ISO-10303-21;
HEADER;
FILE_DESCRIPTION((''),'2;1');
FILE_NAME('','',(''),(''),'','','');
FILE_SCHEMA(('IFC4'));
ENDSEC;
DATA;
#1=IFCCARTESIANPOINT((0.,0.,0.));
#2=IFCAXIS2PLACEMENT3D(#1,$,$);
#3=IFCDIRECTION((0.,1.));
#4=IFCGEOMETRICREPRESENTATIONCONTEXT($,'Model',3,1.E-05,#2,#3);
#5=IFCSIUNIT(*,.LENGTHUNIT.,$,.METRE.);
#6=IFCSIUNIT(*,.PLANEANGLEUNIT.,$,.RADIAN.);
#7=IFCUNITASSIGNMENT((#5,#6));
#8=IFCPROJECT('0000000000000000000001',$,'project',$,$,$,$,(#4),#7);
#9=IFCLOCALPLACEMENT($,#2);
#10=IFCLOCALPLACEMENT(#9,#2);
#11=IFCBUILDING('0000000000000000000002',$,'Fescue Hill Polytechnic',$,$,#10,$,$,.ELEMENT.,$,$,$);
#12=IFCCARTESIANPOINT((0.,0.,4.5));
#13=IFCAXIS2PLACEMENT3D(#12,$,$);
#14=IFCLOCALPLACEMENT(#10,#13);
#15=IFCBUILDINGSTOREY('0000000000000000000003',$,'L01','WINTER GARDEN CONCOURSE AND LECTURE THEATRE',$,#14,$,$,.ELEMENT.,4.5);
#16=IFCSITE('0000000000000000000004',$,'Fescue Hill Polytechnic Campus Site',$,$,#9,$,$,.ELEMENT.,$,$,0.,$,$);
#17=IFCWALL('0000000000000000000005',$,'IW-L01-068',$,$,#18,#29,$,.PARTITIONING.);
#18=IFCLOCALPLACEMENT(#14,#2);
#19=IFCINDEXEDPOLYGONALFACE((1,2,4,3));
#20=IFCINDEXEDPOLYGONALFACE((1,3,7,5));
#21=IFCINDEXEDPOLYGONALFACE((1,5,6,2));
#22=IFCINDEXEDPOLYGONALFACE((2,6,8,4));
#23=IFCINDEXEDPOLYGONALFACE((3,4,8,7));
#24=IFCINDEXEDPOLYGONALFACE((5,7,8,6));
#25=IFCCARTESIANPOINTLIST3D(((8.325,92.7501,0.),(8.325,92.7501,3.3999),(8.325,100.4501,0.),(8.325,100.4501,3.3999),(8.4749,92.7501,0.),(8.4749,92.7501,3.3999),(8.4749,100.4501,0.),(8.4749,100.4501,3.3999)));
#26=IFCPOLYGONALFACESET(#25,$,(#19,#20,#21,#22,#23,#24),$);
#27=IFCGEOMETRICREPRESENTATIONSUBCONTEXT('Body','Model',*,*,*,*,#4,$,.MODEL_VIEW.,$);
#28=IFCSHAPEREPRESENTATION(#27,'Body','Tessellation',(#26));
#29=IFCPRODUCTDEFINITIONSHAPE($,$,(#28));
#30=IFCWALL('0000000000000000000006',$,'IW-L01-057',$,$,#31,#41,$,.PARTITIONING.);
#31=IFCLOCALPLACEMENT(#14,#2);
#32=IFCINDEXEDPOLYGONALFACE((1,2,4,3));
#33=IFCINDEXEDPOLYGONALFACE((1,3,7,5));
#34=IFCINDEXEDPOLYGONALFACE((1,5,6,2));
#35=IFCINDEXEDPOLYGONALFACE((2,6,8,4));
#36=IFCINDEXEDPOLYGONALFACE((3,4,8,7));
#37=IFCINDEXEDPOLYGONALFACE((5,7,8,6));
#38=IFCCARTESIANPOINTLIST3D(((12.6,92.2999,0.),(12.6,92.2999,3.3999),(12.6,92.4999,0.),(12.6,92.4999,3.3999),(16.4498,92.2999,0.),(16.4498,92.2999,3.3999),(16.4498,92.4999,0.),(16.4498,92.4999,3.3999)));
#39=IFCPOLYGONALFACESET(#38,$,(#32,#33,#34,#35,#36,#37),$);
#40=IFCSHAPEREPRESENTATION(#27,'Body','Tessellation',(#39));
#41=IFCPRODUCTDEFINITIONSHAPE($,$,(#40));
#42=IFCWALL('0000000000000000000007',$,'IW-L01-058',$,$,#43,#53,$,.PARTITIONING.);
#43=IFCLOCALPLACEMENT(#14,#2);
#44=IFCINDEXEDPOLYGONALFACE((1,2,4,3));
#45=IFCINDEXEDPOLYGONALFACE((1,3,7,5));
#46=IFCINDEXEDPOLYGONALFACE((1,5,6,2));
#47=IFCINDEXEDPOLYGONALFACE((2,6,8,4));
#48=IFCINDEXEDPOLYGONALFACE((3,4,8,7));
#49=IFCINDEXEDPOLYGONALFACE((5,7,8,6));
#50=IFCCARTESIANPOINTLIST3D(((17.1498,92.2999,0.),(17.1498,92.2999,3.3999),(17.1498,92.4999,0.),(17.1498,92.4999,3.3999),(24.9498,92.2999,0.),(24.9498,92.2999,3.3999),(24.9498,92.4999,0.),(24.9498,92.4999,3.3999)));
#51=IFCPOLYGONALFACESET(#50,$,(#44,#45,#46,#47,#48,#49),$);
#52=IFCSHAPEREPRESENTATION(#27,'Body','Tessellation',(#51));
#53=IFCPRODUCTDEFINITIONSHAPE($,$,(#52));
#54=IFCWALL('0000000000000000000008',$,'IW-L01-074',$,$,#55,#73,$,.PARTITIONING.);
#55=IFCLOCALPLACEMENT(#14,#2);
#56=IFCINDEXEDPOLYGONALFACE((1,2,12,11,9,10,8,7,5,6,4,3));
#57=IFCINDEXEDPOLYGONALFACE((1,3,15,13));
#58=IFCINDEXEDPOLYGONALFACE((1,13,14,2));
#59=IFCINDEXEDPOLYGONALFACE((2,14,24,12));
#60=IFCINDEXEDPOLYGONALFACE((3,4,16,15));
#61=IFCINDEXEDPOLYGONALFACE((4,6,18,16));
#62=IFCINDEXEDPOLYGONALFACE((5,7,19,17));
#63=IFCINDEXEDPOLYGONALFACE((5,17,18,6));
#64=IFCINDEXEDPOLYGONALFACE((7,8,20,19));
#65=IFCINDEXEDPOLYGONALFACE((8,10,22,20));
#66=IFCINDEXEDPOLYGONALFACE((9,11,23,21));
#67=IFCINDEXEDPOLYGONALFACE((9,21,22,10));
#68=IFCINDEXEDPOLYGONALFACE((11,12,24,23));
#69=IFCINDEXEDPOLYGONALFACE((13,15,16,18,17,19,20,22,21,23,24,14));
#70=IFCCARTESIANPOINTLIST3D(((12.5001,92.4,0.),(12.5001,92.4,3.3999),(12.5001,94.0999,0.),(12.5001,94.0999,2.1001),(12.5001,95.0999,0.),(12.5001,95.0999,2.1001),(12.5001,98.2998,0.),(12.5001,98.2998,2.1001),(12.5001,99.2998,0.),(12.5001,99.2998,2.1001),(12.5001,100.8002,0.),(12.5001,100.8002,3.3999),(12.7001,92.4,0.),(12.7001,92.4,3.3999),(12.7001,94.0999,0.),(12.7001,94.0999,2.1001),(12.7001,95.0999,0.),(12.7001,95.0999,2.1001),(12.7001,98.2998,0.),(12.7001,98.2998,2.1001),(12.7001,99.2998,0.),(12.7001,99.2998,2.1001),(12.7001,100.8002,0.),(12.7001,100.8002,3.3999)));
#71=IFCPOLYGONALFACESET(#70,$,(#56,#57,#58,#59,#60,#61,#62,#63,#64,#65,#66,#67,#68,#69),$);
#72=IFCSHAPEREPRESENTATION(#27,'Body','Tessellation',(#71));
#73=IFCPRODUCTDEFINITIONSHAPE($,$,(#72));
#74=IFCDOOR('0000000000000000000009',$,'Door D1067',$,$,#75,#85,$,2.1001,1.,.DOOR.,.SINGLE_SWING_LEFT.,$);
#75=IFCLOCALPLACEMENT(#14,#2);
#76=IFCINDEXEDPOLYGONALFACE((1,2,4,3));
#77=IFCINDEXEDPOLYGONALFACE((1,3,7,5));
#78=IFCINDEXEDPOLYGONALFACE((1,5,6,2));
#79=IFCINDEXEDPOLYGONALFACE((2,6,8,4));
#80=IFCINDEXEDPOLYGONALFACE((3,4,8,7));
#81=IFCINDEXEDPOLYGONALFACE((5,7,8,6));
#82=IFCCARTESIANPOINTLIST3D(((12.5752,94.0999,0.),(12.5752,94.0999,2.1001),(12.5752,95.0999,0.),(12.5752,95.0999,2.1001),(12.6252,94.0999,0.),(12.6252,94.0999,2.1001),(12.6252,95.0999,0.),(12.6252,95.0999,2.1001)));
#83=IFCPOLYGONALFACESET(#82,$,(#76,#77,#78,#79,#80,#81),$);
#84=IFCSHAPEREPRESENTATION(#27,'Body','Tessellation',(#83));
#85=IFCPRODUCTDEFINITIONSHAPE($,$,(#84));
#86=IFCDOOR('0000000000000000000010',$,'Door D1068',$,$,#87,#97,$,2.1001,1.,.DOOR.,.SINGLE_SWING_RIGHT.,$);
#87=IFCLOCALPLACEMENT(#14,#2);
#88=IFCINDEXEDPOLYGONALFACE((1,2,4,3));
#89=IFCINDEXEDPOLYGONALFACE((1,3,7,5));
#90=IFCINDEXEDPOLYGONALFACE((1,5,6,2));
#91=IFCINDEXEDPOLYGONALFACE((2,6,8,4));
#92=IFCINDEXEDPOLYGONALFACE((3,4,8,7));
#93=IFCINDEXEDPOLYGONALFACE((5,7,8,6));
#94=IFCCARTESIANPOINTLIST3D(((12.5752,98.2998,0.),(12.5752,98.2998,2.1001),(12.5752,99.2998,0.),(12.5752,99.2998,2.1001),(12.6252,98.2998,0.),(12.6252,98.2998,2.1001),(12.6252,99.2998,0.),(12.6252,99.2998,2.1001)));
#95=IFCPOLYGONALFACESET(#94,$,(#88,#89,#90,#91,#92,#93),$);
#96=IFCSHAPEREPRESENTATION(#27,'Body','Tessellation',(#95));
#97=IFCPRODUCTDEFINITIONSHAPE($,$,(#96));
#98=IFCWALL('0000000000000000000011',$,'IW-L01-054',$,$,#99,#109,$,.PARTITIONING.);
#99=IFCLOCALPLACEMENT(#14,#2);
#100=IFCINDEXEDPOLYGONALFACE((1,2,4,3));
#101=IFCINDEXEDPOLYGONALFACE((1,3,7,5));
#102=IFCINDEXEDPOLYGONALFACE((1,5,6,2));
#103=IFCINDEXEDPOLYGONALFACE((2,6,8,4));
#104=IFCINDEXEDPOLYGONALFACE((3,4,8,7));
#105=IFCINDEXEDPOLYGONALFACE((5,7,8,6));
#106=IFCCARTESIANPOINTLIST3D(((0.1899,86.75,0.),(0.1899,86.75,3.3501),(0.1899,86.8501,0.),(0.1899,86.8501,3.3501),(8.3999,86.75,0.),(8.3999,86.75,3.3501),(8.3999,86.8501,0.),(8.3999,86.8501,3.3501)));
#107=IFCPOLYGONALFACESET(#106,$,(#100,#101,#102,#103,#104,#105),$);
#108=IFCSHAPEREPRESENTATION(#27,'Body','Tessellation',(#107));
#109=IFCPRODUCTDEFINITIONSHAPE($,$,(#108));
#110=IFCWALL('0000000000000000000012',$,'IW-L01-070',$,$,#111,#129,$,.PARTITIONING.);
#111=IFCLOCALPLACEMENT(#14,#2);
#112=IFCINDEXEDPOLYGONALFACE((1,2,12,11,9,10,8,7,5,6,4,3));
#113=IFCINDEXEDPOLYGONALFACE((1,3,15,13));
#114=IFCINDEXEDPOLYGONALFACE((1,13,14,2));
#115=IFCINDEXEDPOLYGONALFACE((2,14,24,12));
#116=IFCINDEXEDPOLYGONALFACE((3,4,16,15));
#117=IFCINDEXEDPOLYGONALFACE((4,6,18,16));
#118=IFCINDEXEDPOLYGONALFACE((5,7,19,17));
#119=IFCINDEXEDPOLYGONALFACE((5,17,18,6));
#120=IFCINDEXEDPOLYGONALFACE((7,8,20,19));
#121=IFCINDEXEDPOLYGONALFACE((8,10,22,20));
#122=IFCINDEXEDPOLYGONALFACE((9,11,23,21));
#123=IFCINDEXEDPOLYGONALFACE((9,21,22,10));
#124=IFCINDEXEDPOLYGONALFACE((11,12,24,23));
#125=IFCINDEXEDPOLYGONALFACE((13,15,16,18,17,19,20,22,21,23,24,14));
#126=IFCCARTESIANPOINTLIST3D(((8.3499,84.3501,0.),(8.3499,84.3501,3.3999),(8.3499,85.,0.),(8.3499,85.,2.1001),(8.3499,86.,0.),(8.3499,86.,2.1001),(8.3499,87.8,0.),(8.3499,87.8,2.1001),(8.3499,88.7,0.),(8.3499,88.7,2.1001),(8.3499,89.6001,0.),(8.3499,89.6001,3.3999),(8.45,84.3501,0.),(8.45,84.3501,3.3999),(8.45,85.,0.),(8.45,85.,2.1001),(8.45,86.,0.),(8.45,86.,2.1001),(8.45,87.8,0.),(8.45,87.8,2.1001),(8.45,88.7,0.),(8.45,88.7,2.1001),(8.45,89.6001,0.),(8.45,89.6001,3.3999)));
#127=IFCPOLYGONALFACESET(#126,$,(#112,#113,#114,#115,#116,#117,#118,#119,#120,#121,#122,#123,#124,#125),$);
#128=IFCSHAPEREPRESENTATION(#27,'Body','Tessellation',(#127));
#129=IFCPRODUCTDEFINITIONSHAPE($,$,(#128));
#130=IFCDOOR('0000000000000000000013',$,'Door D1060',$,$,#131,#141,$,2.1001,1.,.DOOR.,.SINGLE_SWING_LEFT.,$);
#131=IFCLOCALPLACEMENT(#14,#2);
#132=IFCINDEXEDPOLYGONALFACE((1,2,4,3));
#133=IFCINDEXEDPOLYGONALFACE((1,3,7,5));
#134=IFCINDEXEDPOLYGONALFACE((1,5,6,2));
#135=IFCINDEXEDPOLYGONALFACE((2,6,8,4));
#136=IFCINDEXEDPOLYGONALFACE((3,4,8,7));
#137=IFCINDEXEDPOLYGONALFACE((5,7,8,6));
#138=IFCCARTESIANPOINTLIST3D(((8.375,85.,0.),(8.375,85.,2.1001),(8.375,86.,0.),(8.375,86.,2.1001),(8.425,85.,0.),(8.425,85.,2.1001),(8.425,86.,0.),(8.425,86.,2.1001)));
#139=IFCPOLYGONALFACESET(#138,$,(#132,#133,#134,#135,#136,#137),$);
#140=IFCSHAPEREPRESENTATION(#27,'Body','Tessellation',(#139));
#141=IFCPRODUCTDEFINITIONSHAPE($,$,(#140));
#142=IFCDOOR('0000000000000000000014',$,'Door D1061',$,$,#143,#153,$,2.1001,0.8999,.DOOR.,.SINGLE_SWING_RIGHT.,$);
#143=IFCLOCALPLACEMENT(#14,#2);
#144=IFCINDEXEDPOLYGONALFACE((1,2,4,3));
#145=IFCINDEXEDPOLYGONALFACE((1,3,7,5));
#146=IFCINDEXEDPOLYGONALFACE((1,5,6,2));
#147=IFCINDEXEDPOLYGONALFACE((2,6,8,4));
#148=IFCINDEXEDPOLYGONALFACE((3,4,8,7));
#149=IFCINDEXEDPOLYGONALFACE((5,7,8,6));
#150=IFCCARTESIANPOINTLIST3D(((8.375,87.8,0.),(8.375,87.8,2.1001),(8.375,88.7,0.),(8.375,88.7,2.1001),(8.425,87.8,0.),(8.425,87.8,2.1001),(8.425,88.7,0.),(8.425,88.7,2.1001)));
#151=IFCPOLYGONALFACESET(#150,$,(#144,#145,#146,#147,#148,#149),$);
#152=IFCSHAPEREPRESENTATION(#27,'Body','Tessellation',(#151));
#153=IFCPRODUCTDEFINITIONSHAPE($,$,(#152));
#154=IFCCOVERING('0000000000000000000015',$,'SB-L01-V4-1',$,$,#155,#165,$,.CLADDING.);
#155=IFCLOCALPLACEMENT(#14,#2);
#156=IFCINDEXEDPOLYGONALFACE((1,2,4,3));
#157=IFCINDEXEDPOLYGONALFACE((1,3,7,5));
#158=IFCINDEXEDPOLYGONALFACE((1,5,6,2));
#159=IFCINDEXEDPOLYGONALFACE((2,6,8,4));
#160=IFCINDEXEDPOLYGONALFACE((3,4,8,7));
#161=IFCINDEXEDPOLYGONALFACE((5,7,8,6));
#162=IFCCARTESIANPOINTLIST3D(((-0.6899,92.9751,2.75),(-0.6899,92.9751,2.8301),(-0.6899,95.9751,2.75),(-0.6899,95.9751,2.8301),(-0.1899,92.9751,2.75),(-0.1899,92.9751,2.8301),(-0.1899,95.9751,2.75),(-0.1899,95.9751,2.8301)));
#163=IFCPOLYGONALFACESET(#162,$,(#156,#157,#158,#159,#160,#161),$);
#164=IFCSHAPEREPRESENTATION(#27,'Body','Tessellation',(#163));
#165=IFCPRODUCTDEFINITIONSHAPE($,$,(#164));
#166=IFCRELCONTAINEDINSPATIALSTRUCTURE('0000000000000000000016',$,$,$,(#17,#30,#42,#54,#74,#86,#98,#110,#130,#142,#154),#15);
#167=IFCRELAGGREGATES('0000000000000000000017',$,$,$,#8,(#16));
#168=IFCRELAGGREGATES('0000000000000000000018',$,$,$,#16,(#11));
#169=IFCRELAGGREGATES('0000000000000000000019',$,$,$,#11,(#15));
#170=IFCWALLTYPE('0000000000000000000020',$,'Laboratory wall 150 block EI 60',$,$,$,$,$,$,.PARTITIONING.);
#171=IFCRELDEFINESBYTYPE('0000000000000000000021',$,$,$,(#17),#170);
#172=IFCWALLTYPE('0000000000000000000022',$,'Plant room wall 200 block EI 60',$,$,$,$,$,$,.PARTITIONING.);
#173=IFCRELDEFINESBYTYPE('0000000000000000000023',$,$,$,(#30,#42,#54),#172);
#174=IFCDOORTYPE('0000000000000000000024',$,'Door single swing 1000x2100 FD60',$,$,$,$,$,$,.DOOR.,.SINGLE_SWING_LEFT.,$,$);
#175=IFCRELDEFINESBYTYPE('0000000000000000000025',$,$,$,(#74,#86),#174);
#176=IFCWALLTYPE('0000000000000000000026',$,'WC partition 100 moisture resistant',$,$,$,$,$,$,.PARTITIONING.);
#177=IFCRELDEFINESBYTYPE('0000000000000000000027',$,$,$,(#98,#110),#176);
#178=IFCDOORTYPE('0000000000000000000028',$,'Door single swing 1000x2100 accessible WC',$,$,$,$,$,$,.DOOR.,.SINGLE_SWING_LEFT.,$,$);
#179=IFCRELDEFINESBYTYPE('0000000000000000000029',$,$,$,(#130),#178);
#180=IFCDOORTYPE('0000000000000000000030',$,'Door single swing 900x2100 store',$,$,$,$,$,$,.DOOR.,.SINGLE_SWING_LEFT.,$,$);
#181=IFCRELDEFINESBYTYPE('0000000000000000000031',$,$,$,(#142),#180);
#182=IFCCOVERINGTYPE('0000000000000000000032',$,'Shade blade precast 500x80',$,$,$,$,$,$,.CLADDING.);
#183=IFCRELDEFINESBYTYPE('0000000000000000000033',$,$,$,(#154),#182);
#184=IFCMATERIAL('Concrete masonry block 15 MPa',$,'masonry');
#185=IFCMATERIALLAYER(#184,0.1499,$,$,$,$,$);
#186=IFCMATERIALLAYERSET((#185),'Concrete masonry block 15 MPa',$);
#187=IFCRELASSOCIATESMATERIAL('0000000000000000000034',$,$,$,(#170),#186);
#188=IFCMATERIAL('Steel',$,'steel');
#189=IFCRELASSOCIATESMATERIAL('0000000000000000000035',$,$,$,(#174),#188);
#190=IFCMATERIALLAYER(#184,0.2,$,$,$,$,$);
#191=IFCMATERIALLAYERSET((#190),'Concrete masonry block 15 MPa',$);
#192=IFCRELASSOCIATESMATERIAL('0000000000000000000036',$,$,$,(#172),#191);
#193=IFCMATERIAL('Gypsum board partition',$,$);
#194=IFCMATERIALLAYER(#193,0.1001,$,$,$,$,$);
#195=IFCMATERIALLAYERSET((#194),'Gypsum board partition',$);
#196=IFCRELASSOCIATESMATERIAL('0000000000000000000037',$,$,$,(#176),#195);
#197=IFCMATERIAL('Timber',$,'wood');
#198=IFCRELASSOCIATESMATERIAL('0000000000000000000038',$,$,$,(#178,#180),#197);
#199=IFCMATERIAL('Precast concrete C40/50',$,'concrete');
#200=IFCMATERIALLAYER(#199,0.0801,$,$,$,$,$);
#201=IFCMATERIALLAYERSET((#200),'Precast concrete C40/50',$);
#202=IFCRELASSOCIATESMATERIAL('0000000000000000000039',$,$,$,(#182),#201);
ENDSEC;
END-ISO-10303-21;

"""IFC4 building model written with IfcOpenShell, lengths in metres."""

from ifc_helpers import new_model, si_unit, direction, frame, frame_2d, origin, origin_2d, place, context, subcontext, project, spatial, rectangle, extrude, material, layer, layer_set, type_object, element, fill, save


model = new_model("IFC4")

# Units and contexts
model_context = context("Model", 3, precision=1e-05, world=origin(), true_north=direction((0.0, 1.0)))
body_context = subcontext(model_context, "Body", "Model", "MODEL_VIEW")
ifc_project = project(units=[si_unit("LENGTHUNIT", "METRE"), si_unit("PLANEANGLEUNIT", "RADIAN")], contexts=[model_context])

# Site, building, storey
site_placement = place(None, origin())
site = spatial("IfcSite", under=ifc_project, at=site_placement, Name="Fescue Hill Polytechnic Campus Site", CompositionType="ELEMENT", RefElevation=0.0)
building_placement = place(site_placement, origin())
building = spatial("IfcBuilding", under=site, at=building_placement, Name="Fescue Hill Polytechnic", CompositionType="ELEMENT")
storey_placement = place(building_placement, frame((0.0, 0.0, 4.5)))
storey = spatial("IfcBuildingStorey", under=building, at=storey_placement, Name="L01", Description="WINTER GARDEN CONCOURSE AND LECTURE THEATRE", CompositionType="ELEMENT", Elevation=4.5)

# Shared definitions
ifc_material_1 = material(Name="Concrete masonry block 15 MPa", Category="masonry")
ifc_layer_1 = layer(ifc_material_1, 0.1499)
ifc_layer_set_1 = layer_set([ifc_layer_1], Name="Concrete masonry block 15 MPa")
wall_type_1 = type_object("IfcWallType", Name="Laboratory wall 150 block EI 60", PredefinedType="PARTITIONING", material=ifc_layer_set_1)

# Shared definitions
ifc_material_2 = material(Name="Steel", Category="steel")
door_type_1 = type_object("IfcDoorType", Name="Door single swing 1000x2100 FD60", OperationType="SINGLE_SWING_LEFT", PredefinedType="DOOR", material=ifc_material_2)

# Walls
wall_1_placement = place(storey_placement, frame((8.3999, 92.75, 0.0), z_axis=(0.0, 0.0, 1.0), x_axis=(0.0, 1.0, 0.0)))
element("IfcWall", 1, at=wall_1_placement, inside=storey, type_object=wall_type_1, Name="IW-L01-068", PredefinedType="PARTITIONING", context=body_context, shape_type="SweptSolid", body=[
    extrude(rectangle(XDim=7.7, YDim=0.1499, at=frame_2d((3.8501, 0.0))), origin(), (0.0, 0.0, 1.0), 3.3999),
])
ifc_layer_2 = layer(ifc_material_1, 0.2)
ifc_layer_set_2 = layer_set([ifc_layer_2], Name="Concrete masonry block 15 MPa")
wall_type_2 = type_object("IfcWallType", Name="Plant room wall 200 block EI 60", PredefinedType="PARTITIONING", material=ifc_layer_set_2)
wall_2_placement = place(storey_placement, frame((12.6001, 92.3999, 0.0), z_axis=(0.0, 0.0, 1.0), x_axis=(1.0, 0.0, 0.0)))
element("IfcWall", 2, at=wall_2_placement, inside=storey, type_object=wall_type_2, Name="IW-L01-057", PredefinedType="PARTITIONING", context=body_context, shape_type="SweptSolid", body=[
    extrude(rectangle(XDim=3.8499, YDim=0.2, at=frame_2d((1.9248, 0.0))), origin(), (0.0, 0.0, 1.0), 3.3999),
])
wall_3_placement = place(storey_placement, frame((17.1499, 92.3999, 0.0), z_axis=(0.0, 0.0, 1.0), x_axis=(1.0, 0.0, 0.0)))
element("IfcWall", 3, at=wall_3_placement, inside=storey, type_object=wall_type_2, Name="IW-L01-058", PredefinedType="PARTITIONING", context=body_context, shape_type="SweptSolid", body=[
    extrude(rectangle(XDim=7.8, YDim=0.2, at=frame_2d((3.8999, 0.0))), origin(), (0.0, 0.0, 1.0), 3.3999),
])

# Wall, openings, doors
wall_4_placement = place(storey_placement, frame((12.6001, 92.3999, 0.0), z_axis=(0.0, 0.0, 1.0), x_axis=(0.0, 1.0, 0.0)))
wall_4 = element("IfcWall", 4, at=wall_4_placement, inside=storey, type_object=wall_type_2, Name="IW-L01-074", PredefinedType="PARTITIONING", context=body_context, shape_type="SweptSolid", body=[
    extrude(rectangle(XDim=8.4001, YDim=0.2, at=frame_2d((4.2002, 0.0))), origin(), (0.0, 0.0, 1.0), 3.3999),
])
opening_1_placement = place(wall_4_placement, frame((1.7, 0.0, 0.0)))
opening_1 = element("IfcOpeningElement", 5, at=opening_1_placement, cuts=wall_4, PredefinedType="OPENING", context=body_context, shape_type="SweptSolid", body=[
    extrude(rectangle(XDim=1.0, YDim=2.1001, at=frame_2d((0.5, 1.05))), frame((0.0, 0.1099, 0.0), z_axis=(0.0, -1.0, 0.0), x_axis=(1.0, 0.0, 0.0)), (0.0, 0.0, 1.0), 0.22),
])
opening_2_placement = place(wall_4_placement, frame((5.8999, 0.0, 0.0)))
opening_2 = element("IfcOpeningElement", 6, at=opening_2_placement, cuts=wall_4, PredefinedType="OPENING", context=body_context, shape_type="SweptSolid", body=[
    extrude(rectangle(XDim=1.0, YDim=2.1001, at=frame_2d((0.5, 1.05))), frame((0.0, 0.1099, 0.0), z_axis=(0.0, -1.0, 0.0), x_axis=(1.0, 0.0, 0.0)), (0.0, 0.0, 1.0), 0.22),
])
door_1_placement = place(opening_1_placement, origin())
door_1 = element("IfcDoor", 7, at=door_1_placement, inside=storey, type_object=door_type_1, Name="Door D1067", OperationType="SINGLE_SWING_LEFT", OverallHeight=2.1001, OverallWidth=1.0, PredefinedType="DOOR", context=body_context, shape_type="SweptSolid", body=[
    extrude(rectangle(XDim=1.0, YDim=2.1001, at=frame_2d((0.5, 1.05))), frame((0.0, 0.0249, 0.0), z_axis=(0.0, -1.0, 0.0), x_axis=(1.0, 0.0, 0.0)), (0.0, 0.0, 1.0), 0.05),
])
fill(opening_1, door_1)
door_2_placement = place(opening_2_placement, origin())
door_2 = element("IfcDoor", 8, at=door_2_placement, inside=storey, type_object=door_type_1, Name="Door D1068", OperationType="SINGLE_SWING_RIGHT", OverallHeight=2.1001, OverallWidth=1.0, PredefinedType="DOOR", context=body_context, shape_type="SweptSolid", body=[
    extrude(rectangle(XDim=1.0, YDim=2.1001, at=frame_2d((0.5, 1.05))), frame((0.0, 0.0249, 0.0), z_axis=(0.0, -1.0, 0.0), x_axis=(1.0, 0.0, 0.0)), (0.0, 0.0, 1.0), 0.05),
])
fill(opening_2, door_2)

# Wall
ifc_material_3 = material(Name="Gypsum board partition")
ifc_layer_3 = layer(ifc_material_3, 0.1001)
ifc_layer_set_3 = layer_set([ifc_layer_3], Name="Gypsum board partition")
wall_type_3 = type_object("IfcWallType", Name="WC partition 100 moisture resistant", PredefinedType="PARTITIONING", material=ifc_layer_set_3)
wall_5_placement = place(storey_placement, frame((0.1899, 86.8, 0.0), z_axis=(0.0, 0.0, 1.0), x_axis=(1.0, 0.0, 0.0)))
element("IfcWall", 9, at=wall_5_placement, inside=storey, type_object=wall_type_3, Name="IW-L01-054", PredefinedType="PARTITIONING", context=body_context, shape_type="SweptSolid", body=[
    extrude(rectangle(XDim=8.21, YDim=0.1001, at=frame_2d((4.105, 0.0))), origin(), (0.0, 0.0, 1.0), 3.3501),
])

# Wall, openings, doors
wall_6_placement = place(storey_placement, frame((8.3999, 84.3501, 0.0), z_axis=(0.0, 0.0, 1.0), x_axis=(0.0, 1.0, 0.0)))
wall_6 = element("IfcWall", 10, at=wall_6_placement, inside=storey, type_object=wall_type_3, Name="IW-L01-070", PredefinedType="PARTITIONING", context=body_context, shape_type="SweptSolid", body=[
    extrude(rectangle(XDim=5.25, YDim=0.1001, at=frame_2d((2.625, 0.0))), origin(), (0.0, 0.0, 1.0), 3.3999),
])
opening_3_placement = place(wall_6_placement, frame((0.6499, 0.0, 0.0)))
opening_3 = element("IfcOpeningElement", 11, at=opening_3_placement, cuts=wall_6, PredefinedType="OPENING", context=body_context, shape_type="SweptSolid", body=[
    extrude(rectangle(XDim=1.0, YDim=2.1001, at=frame_2d((0.5, 1.05))), frame((0.0, 0.0601, 0.0), z_axis=(0.0, -1.0, 0.0), x_axis=(1.0, 0.0, 0.0)), (0.0, 0.0, 1.0), 0.1201),
])
opening_4_placement = place(wall_6_placement, frame((3.45, 0.0, 0.0)))
opening_4 = element("IfcOpeningElement", 12, at=opening_4_placement, cuts=wall_6, PredefinedType="OPENING", context=body_context, shape_type="SweptSolid", body=[
    extrude(rectangle(XDim=0.8999, YDim=2.1001, at=frame_2d((0.45, 1.05))), frame((0.0, 0.0601, 0.0), z_axis=(0.0, -1.0, 0.0), x_axis=(1.0, 0.0, 0.0)), (0.0, 0.0, 1.0), 0.1201),
])
ifc_material_4 = material(Name="Timber", Category="wood")
door_type_2 = type_object("IfcDoorType", Name="Door single swing 1000x2100 accessible WC", OperationType="SINGLE_SWING_LEFT", PredefinedType="DOOR", material=ifc_material_4)
door_3_placement = place(opening_3_placement, origin())
door_3 = element("IfcDoor", 13, at=door_3_placement, inside=storey, type_object=door_type_2, Name="Door D1060", OperationType="SINGLE_SWING_LEFT", OverallHeight=2.1001, OverallWidth=1.0, PredefinedType="DOOR", context=body_context, shape_type="SweptSolid", body=[
    extrude(rectangle(XDim=1.0, YDim=2.1001, at=frame_2d((0.5, 1.05))), frame((0.0, 0.0249, 0.0), z_axis=(0.0, -1.0, 0.0), x_axis=(1.0, 0.0, 0.0)), (0.0, 0.0, 1.0), 0.05),
])
fill(opening_3, door_3)
door_type_3 = type_object("IfcDoorType", Name="Door single swing 900x2100 store", OperationType="SINGLE_SWING_LEFT", PredefinedType="DOOR", material=ifc_material_4)
door_4_placement = place(opening_4_placement, origin())
door_4 = element("IfcDoor", 14, at=door_4_placement, inside=storey, type_object=door_type_3, Name="Door D1061", OperationType="SINGLE_SWING_RIGHT", OverallHeight=2.1001, OverallWidth=0.8999, PredefinedType="DOOR", context=body_context, shape_type="SweptSolid", body=[
    extrude(rectangle(XDim=0.8999, YDim=2.1001, at=frame_2d((0.45, 1.05))), frame((0.0, 0.0249, 0.0), z_axis=(0.0, -1.0, 0.0), x_axis=(1.0, 0.0, 0.0)), (0.0, 0.0, 1.0), 0.05),
])
fill(opening_4, door_4)

# Covering
ifc_material_5 = material(Name="Precast concrete C40/50", Category="concrete")
ifc_layer_4 = layer(ifc_material_5, 0.0801)
ifc_layer_set_4 = layer_set([ifc_layer_4], Name="Precast concrete C40/50")
covering_type = type_object("IfcCoveringType", Name="Shade blade precast 500x80", PredefinedType="CLADDING", material=ifc_layer_set_4)
covering_1_placement = place(storey_placement, frame((-0.4399, 94.4751, 2.75), z_axis=(0.0, 0.0, 1.0), x_axis=(0.0, -1.0, 0.0)))
element("IfcCovering", 15, at=covering_1_placement, inside=storey, type_object=covering_type, Name="SB-L01-V4-1", PredefinedType="CLADDING", context=body_context, shape_type="SweptSolid", body=[
    extrude(rectangle(XDim=3.0, YDim=0.5, at=origin_2d()), origin(), (0.0, 0.0, 1.0), 0.0801),
])

save(model, "model.ifc")
